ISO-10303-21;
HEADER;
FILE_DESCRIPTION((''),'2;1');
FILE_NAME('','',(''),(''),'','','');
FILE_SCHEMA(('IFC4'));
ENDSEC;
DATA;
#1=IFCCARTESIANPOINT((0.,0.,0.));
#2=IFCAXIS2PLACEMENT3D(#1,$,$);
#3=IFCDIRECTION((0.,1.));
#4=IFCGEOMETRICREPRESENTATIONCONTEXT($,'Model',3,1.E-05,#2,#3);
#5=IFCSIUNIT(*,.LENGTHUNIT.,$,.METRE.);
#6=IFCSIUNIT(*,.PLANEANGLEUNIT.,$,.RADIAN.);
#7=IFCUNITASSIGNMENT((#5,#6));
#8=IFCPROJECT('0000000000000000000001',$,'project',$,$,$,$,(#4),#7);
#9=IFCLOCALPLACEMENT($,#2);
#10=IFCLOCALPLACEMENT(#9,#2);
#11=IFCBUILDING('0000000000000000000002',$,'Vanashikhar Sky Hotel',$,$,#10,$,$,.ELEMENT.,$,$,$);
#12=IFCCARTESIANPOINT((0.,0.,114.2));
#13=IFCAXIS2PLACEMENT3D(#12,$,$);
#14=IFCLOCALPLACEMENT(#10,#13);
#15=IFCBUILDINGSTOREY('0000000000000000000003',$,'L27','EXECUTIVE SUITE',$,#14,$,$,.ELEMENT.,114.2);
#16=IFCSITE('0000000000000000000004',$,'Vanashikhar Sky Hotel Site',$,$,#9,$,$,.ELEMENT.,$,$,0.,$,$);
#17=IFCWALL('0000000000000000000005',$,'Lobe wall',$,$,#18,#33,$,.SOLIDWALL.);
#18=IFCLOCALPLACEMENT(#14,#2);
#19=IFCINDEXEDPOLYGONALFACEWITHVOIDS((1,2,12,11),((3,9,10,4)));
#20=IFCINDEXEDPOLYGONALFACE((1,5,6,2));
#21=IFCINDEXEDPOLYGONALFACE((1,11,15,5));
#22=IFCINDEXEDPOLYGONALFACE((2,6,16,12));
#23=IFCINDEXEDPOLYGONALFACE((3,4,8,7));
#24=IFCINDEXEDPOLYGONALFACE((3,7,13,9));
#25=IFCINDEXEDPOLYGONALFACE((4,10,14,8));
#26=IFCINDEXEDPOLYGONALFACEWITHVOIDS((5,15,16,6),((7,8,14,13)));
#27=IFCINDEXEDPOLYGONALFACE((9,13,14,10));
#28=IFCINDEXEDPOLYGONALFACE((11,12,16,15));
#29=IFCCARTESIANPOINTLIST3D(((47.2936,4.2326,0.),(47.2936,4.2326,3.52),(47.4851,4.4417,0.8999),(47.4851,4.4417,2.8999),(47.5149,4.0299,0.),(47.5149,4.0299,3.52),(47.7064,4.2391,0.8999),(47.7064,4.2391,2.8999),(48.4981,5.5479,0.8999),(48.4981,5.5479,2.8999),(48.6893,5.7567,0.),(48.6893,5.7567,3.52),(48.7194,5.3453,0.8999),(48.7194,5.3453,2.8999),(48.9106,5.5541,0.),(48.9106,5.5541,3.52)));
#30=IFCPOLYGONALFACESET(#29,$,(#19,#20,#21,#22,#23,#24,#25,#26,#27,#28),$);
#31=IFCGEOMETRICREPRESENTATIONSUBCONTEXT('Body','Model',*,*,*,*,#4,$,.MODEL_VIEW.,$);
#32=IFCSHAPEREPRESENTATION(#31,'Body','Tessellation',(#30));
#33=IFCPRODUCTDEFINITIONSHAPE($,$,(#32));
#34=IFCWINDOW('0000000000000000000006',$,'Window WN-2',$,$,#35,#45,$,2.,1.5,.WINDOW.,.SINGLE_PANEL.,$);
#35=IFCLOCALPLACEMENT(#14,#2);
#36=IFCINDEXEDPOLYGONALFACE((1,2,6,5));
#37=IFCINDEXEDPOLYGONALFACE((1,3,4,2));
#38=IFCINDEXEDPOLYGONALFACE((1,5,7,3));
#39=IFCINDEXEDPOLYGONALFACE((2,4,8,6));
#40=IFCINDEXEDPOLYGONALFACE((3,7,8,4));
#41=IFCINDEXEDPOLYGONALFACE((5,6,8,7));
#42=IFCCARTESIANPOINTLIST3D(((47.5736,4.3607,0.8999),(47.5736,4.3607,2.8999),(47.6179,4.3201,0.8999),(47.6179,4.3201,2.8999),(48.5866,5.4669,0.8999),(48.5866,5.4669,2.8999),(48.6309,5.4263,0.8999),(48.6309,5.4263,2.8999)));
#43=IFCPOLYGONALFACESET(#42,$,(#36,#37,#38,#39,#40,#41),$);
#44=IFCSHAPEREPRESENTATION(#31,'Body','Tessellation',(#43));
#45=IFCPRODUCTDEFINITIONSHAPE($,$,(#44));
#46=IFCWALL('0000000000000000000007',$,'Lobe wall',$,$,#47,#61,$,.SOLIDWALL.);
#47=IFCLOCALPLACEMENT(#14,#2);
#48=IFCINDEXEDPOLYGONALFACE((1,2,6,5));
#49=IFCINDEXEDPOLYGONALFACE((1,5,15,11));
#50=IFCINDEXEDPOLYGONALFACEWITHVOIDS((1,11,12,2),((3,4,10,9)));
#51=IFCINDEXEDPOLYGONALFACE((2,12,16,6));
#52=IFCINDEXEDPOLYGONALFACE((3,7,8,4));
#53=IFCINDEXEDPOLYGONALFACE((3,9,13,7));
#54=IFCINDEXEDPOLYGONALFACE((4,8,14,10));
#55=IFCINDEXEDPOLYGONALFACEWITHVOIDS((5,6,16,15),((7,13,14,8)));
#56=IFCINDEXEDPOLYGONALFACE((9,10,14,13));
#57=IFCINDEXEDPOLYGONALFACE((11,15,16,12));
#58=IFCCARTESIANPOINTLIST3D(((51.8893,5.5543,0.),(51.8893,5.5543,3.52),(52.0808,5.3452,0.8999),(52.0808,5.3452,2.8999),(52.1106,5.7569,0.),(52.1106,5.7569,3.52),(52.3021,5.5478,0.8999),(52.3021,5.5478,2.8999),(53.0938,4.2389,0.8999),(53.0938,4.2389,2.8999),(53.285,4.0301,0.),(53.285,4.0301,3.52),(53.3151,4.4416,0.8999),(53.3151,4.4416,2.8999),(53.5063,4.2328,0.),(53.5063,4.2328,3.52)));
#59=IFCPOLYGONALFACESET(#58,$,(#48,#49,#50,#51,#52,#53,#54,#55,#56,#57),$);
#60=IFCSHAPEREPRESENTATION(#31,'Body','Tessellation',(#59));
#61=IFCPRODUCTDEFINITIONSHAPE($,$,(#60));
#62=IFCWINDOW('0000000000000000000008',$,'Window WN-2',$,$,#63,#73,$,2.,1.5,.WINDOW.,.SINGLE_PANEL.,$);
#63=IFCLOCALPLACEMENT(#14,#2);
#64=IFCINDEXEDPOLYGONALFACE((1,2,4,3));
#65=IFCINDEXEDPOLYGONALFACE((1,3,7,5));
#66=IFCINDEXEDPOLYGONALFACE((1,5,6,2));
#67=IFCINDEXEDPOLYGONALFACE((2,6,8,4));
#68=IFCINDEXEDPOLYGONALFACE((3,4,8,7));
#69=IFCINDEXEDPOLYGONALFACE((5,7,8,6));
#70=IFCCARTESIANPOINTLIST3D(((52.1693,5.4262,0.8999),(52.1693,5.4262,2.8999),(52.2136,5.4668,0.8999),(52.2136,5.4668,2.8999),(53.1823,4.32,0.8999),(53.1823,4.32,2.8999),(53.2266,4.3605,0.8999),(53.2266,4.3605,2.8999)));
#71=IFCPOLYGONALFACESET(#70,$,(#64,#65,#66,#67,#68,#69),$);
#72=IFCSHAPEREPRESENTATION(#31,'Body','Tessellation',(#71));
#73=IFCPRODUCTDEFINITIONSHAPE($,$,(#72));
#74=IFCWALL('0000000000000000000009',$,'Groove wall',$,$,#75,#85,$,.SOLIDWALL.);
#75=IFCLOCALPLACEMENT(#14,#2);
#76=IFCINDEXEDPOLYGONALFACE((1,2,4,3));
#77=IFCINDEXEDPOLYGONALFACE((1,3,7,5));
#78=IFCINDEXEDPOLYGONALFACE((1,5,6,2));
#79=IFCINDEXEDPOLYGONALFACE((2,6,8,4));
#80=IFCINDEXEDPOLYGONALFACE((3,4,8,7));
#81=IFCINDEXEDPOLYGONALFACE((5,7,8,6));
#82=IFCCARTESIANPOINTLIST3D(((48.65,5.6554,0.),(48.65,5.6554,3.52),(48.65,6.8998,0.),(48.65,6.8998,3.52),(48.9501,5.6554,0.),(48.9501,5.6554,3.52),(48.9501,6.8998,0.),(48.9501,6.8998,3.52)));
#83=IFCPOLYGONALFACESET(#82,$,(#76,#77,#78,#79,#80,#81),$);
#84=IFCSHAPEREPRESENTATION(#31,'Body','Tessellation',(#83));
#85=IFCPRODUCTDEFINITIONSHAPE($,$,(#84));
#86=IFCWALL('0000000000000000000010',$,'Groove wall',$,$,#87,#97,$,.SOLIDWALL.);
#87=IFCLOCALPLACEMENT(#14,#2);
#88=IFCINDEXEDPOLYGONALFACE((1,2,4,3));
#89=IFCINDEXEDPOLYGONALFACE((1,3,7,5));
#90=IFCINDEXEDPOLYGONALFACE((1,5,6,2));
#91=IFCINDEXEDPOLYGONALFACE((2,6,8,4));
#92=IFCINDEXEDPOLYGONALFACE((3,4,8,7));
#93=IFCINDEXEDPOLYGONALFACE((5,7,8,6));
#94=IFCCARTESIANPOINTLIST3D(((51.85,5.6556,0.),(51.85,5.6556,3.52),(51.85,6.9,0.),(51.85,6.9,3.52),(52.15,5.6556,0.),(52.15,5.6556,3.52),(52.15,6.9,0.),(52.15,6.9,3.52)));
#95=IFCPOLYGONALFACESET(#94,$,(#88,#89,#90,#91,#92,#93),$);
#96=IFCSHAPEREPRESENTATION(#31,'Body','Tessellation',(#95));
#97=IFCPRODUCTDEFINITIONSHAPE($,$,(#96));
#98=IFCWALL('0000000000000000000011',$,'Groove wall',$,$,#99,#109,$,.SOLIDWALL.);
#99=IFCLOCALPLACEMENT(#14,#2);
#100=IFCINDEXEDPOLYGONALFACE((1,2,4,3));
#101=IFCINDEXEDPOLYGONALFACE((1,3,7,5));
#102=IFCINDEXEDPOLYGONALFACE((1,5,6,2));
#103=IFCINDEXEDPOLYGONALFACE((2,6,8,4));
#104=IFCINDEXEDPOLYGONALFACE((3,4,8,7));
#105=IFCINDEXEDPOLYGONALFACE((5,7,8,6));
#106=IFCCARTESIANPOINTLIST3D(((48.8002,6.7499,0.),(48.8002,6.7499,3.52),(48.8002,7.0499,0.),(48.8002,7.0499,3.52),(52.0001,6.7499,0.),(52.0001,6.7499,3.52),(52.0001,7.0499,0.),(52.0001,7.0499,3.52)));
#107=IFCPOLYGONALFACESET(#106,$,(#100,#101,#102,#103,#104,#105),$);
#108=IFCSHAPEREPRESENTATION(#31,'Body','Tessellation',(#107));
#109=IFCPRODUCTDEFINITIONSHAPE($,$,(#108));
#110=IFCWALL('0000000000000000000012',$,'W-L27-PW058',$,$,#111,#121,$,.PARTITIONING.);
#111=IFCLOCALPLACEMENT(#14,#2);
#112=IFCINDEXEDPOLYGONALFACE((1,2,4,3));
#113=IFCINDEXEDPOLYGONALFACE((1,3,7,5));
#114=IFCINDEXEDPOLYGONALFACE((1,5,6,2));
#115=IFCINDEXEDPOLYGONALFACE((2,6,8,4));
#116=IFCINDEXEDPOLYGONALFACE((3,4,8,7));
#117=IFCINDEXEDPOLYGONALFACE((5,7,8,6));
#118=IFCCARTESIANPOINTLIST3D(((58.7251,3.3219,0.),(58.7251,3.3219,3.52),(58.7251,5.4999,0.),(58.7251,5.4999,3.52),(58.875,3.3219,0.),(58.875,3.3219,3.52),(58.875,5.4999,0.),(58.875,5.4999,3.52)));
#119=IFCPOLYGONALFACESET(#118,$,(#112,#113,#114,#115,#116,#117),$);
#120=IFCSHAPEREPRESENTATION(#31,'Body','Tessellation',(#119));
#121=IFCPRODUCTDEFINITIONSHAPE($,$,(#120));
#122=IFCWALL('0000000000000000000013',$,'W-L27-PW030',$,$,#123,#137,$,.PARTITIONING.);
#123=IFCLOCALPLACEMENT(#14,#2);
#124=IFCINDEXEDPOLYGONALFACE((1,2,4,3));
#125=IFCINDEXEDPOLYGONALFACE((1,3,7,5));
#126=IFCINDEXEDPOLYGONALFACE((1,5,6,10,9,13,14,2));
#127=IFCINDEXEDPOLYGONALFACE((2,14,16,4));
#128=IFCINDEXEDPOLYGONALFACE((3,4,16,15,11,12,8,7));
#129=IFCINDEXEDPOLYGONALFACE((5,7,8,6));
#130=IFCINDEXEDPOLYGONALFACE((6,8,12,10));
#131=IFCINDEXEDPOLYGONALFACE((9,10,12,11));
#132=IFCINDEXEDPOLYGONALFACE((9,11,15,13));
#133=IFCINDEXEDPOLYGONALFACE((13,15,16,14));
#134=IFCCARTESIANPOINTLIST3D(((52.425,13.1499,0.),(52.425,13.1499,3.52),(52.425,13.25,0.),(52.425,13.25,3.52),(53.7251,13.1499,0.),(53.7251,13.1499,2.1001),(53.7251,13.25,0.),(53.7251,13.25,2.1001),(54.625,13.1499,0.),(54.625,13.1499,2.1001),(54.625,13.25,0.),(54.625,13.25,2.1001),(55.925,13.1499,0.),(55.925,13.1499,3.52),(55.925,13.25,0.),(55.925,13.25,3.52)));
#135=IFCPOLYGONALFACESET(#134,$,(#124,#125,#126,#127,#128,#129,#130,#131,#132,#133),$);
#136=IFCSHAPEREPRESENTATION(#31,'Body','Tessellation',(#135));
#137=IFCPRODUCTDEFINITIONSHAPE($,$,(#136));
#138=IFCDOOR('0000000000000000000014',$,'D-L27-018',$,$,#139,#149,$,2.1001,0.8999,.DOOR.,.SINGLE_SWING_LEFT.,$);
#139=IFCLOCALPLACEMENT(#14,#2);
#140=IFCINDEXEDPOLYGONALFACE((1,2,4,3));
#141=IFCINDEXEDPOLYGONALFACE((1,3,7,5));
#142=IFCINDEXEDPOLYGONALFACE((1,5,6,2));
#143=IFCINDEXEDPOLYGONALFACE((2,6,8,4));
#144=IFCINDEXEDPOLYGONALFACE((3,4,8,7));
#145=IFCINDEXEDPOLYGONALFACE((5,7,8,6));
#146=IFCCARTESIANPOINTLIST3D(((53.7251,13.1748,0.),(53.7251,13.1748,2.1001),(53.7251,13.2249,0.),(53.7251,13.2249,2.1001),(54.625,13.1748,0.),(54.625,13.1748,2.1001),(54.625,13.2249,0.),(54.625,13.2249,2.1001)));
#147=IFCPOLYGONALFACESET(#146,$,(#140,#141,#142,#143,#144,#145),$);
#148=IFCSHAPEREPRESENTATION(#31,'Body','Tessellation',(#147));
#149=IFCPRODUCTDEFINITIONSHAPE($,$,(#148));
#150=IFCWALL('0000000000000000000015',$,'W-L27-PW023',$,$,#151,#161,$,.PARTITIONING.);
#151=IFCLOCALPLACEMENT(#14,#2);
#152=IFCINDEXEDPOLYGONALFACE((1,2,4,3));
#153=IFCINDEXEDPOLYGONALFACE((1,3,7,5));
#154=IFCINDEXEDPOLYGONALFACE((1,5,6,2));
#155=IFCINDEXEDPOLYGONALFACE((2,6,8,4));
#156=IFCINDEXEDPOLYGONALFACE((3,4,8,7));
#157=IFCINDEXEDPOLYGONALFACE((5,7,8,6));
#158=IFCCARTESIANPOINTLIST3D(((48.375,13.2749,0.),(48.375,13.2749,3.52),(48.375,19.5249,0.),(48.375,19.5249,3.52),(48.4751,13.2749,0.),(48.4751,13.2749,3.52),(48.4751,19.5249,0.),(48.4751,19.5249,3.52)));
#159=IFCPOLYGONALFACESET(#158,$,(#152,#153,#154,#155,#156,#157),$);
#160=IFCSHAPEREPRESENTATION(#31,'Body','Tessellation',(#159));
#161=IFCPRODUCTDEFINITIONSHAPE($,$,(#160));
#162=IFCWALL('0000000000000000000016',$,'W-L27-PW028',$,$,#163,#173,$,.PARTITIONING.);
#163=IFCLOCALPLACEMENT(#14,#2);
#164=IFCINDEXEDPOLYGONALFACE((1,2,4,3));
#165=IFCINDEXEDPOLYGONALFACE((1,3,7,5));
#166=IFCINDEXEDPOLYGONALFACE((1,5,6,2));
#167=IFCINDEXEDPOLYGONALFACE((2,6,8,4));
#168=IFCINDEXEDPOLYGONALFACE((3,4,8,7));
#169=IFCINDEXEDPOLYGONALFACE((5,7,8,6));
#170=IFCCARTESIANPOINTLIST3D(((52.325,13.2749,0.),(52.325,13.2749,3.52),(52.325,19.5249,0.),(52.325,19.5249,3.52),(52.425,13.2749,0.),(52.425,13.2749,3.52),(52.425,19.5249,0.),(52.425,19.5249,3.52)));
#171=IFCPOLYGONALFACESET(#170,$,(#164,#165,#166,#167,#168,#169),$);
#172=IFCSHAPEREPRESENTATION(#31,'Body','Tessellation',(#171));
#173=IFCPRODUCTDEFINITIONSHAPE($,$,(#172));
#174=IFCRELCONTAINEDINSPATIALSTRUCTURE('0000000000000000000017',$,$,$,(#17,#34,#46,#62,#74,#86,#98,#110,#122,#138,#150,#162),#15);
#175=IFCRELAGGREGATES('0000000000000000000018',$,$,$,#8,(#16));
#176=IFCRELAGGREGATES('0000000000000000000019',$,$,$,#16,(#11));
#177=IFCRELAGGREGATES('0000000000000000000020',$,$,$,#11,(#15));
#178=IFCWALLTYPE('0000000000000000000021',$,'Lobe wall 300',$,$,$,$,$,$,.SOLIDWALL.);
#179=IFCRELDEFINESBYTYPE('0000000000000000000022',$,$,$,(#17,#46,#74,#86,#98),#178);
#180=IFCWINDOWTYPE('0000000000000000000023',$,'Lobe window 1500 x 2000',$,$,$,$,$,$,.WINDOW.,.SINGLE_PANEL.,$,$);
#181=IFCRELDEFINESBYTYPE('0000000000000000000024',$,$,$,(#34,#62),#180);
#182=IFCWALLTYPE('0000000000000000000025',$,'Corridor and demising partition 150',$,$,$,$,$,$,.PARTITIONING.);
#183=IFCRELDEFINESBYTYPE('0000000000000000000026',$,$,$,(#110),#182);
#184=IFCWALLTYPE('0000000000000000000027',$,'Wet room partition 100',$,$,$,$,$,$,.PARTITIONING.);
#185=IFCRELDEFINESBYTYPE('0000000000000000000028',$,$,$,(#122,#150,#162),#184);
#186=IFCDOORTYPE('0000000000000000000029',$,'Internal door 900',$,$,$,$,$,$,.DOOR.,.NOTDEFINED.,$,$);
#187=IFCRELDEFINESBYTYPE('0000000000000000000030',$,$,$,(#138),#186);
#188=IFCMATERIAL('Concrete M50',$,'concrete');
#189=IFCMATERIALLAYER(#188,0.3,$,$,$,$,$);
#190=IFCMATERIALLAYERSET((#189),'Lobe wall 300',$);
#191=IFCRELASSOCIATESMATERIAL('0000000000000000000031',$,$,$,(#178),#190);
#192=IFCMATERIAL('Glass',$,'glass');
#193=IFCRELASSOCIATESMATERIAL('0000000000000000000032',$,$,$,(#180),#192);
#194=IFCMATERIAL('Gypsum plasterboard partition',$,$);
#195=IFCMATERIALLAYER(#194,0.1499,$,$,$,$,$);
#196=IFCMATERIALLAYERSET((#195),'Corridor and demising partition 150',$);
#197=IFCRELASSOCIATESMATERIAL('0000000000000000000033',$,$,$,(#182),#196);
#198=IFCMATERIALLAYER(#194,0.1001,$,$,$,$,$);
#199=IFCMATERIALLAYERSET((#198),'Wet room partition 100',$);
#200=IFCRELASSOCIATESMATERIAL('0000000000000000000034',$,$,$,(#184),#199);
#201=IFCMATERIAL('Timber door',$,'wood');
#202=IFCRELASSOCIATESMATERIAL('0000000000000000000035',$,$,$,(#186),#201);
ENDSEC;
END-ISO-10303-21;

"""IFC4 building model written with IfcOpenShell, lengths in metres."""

from ifc_helpers import new_model, si_unit, direction, frame, frame_2d, origin, place, context, subcontext, project, spatial, rectangle, extrude, source, transform, mapped, material, layer, layer_set, type_object, element, fill, save


model = new_model("IFC4")

# Units and contexts
model_context = context("Model", 3, precision=1e-05, world=origin(), true_north=direction((0.0, 1.0)))
body_context = subcontext(model_context, "Body", "Model", "MODEL_VIEW")
ifc_project = project(units=[si_unit("LENGTHUNIT", "METRE"), si_unit("PLANEANGLEUNIT", "RADIAN")], contexts=[model_context])

# Site, building, storey
site_placement = place(None, origin())
site = spatial("IfcSite", under=ifc_project, at=site_placement, Name="Vanashikhar Sky Hotel Site", CompositionType="ELEMENT", RefElevation=0.0)
building_placement = place(site_placement, origin())
building = spatial("IfcBuilding", under=site, at=building_placement, Name="Vanashikhar Sky Hotel", CompositionType="ELEMENT")
storey_placement = place(building_placement, frame((0.0, 0.0, 114.2)))
storey = spatial("IfcBuildingStorey", under=building, at=storey_placement, Name="L27", Description="EXECUTIVE SUITE", CompositionType="ELEMENT", Elevation=114.2)

# Shared definitions
ifc_material_1 = material(Name="Concrete M50", Category="concrete")

# Walls, openings, windows
ifc_layer_1 = layer(ifc_material_1, 0.3)
ifc_layer_set_1 = layer_set([ifc_layer_1], Name="Lobe wall 300")
wall_type_1 = type_object("IfcWallType", Name="Lobe wall 300", PredefinedType="SOLIDWALL", material=ifc_layer_set_1)
shared_shape_1 = source(origin(), body_context, "Body", "SweptSolid", [
    extrude(rectangle(XDim=1.5, YDim=2.0, at=frame_2d((0.75, 1.0))), frame((0.0, 0.1602, 0.0), z_axis=(0.0, -1.0, 0.0), x_axis=(1.0, 0.0, 0.0)), (0.0, 0.0, 1.0), 0.3201),
])
ifc_material_2 = material(Name="Glass", Category="glass")
window_type = type_object("IfcWindowType", Name="Lobe window 1500 x 2000", PartitioningType="SINGLE_PANEL", PredefinedType="WINDOW", material=ifc_material_2)
shared_shape_2 = source(origin(), body_context, "Body", "SweptSolid", [
    extrude(rectangle(XDim=1.5, YDim=2.0, at=frame_2d((0.75, 1.0))), frame((0.0, 0.03, 0.0), z_axis=(0.0, -1.0, 0.0), x_axis=(1.0, 0.0, 0.0)), (0.0, 0.0, 1.0), 0.0601),
])
shared_shape_3 = source(origin(), body_context, "Body", "SweptSolid", [
    extrude(rectangle(XDim=2.0667, YDim=0.3, at=frame_2d((1.0332, 0.0))), origin(), (0.0, 0.0, 1.0), 3.52),
])
wall_1_placement = place(storey_placement, frame((47.4043, 4.1313, 0.0), z_axis=(0.0, 0.0, 1.0), x_axis=(0.675355, 0.737492, 0.0)))
wall_1 = element("IfcWall", 1, at=wall_1_placement, inside=storey, type_object=wall_type_1, Name="Lobe wall", PredefinedType="SOLIDWALL", context=body_context, shape_type="MappedRepresentation", body=[
    mapped(shared_shape_3, transform((0.0, 0.0, 0.0), scale=1.0)),
])
opening_1_placement = place(wall_1_placement, frame((0.2834, 0.0, 0.8999)))
opening_1 = element("IfcOpeningElement", 2, at=opening_1_placement, cuts=wall_1, PredefinedType="OPENING", context=body_context, shape_type="MappedRepresentation", body=[
    mapped(shared_shape_1, transform((0.0, 0.0, 0.0), scale=1.0)),
])
window_1_placement = place(opening_1_placement, origin())
window_1 = element("IfcWindow", 3, at=window_1_placement, inside=storey, type_object=window_type, Name="Window WN-2", OverallHeight=2.0, OverallWidth=1.5, PartitioningType="SINGLE_PANEL", PredefinedType="WINDOW", context=body_context, shape_type="MappedRepresentation", body=[
    mapped(shared_shape_2, transform((0.0, 0.0, 0.0), scale=1.0)),
])
fill(opening_1, window_1)
wall_2_placement = place(storey_placement, frame((52.0, 5.6555, 0.0), z_axis=(0.0, 0.0, 1.0), x_axis=(0.675355, -0.737492, 0.0)))
wall_2 = element("IfcWall", 4, at=wall_2_placement, inside=storey, type_object=wall_type_1, Name="Lobe wall", PredefinedType="SOLIDWALL", context=body_context, shape_type="MappedRepresentation", body=[
    mapped(shared_shape_3, transform((0.0, 0.0, 0.0), scale=1.0)),
])
opening_2_placement = place(wall_2_placement, frame((0.2834, 0.0, 0.8999)))
opening_2 = element("IfcOpeningElement", 5, at=opening_2_placement, cuts=wall_2, PredefinedType="OPENING", context=body_context, shape_type="MappedRepresentation", body=[
    mapped(shared_shape_1, transform((0.0, 0.0, 0.0), scale=1.0)),
])
window_2_placement = place(opening_2_placement, origin())
window_2 = element("IfcWindow", 6, at=window_2_placement, inside=storey, type_object=window_type, Name="Window WN-2", OverallHeight=2.0, OverallWidth=1.5, PartitioningType="SINGLE_PANEL", PredefinedType="WINDOW", context=body_context, shape_type="MappedRepresentation", body=[
    mapped(shared_shape_2, transform((0.0, 0.0, 0.0), scale=1.0)),
])
fill(opening_2, window_2)

# Walls
shared_shape_4 = source(origin(), body_context, "Body", "SweptSolid", [
    extrude(rectangle(XDim=1.2444, YDim=0.3, at=frame_2d((0.6221, 0.0))), origin(), (0.0, 0.0, 1.0), 3.52),
])
for number, where, z_axis, x_axis, name in (
    (7, (48.8, 5.6555, 0.0), (0.0, 0.0, 1.0), (0.0, 1.0, 0.0), "Groove wall"),
    (8, (52.0, 6.8999, 0.0), (0.0, 0.0, 1.0), (0.0, -1.0, 0.0), "Groove wall"),
):
    element("IfcWall", number, at=place(storey_placement, frame(where, z_axis=z_axis, x_axis=x_axis)), inside=storey, type_object=wall_type_1, Name=name, PredefinedType="SOLIDWALL", context=body_context, shape_type="MappedRepresentation", body=[
        mapped(shared_shape_4, transform((0.0, 0.0, 0.0), scale=1.0)),
    ])
shared_shape_5 = source(origin(), body_context, "Body", "SweptSolid", [
    extrude(rectangle(XDim=3.2, YDim=0.3, at=frame_2d((1.6001, 0.0))), origin(), (0.0, 0.0, 1.0), 3.52),
])
wall_3_placement = place(storey_placement, frame((48.8, 6.8999, 0.0), z_axis=(0.0, 0.0, 1.0), x_axis=(1.0, 0.0, 0.0)))
element("IfcWall", 9, at=wall_3_placement, inside=storey, type_object=wall_type_1, Name="Groove wall", PredefinedType="SOLIDWALL", context=body_context, shape_type="MappedRepresentation", body=[
    mapped(shared_shape_5, transform((0.0, 0.0, 0.0), scale=1.0)),
])
ifc_material_3 = material(Name="Gypsum plasterboard partition")
ifc_layer_2 = layer(ifc_material_3, 0.1499)
ifc_layer_set_2 = layer_set([ifc_layer_2], Name="Corridor and demising partition 150")
wall_type_2 = type_object("IfcWallType", Name="Corridor and demising partition 150", PredefinedType="PARTITIONING", material=ifc_layer_set_2)
shared_shape_6 = source(origin(), body_context, "Body", "SweptSolid", [
    extrude(rectangle(XDim=2.178, YDim=0.1499, at=frame_2d((1.0889, 0.0))), origin(), (0.0, 0.0, 1.0), 3.52),
])
wall_4_placement = place(storey_placement, frame((58.8, 3.322, 0.0), z_axis=(0.0, 0.0, 1.0), x_axis=(0.0, 1.0, 0.0)))
element("IfcWall", 10, at=wall_4_placement, inside=storey, type_object=wall_type_2, Name="W-L27-PW058", PredefinedType="PARTITIONING", context=body_context, shape_type="MappedRepresentation", body=[
    mapped(shared_shape_6, transform((0.0, 0.0, 0.0), scale=1.0)),
])

# Wall, opening, door
ifc_layer_3 = layer(ifc_material_3, 0.1001)
ifc_layer_set_3 = layer_set([ifc_layer_3], Name="Wet room partition 100")
wall_type_3 = type_object("IfcWallType", Name="Wet room partition 100", PredefinedType="PARTITIONING", material=ifc_layer_set_3)
shared_shape_7 = source(origin(), body_context, "Body", "SweptSolid", [
    extrude(rectangle(XDim=3.5, YDim=0.1001, at=frame_2d((1.75, 0.0))), origin(), (0.0, 0.0, 1.0), 3.52),
])
wall_5_placement = place(storey_placement, frame((52.425, 13.2, 0.0), z_axis=(0.0, 0.0, 1.0), x_axis=(1.0, 0.0, 0.0)))
wall_5 = element("IfcWall", 11, at=wall_5_placement, inside=storey, type_object=wall_type_3, Name="W-L27-PW030", PredefinedType="PARTITIONING", context=body_context, shape_type="MappedRepresentation", body=[
    mapped(shared_shape_7, transform((0.0, 0.0, 0.0), scale=1.0)),
])
shared_shape_8 = source(origin(), body_context, "Body", "SweptSolid", [
    extrude(rectangle(XDim=0.8999, YDim=2.1001, at=frame_2d((0.45, 1.05))), frame((0.0, 0.0601, 0.0), z_axis=(0.0, -1.0, 0.0), x_axis=(1.0, 0.0, 0.0)), (0.0, 0.0, 1.0), 0.1201),
])
opening_3_placement = place(wall_5_placement, frame((1.3, 0.0, 0.0)))
opening_3 = element("IfcOpeningElement", 12, at=opening_3_placement, cuts=wall_5, PredefinedType="OPENING", context=body_context, shape_type="MappedRepresentation", body=[
    mapped(shared_shape_8, transform((0.0, 0.0, 0.0), scale=1.0)),
])
ifc_material_4 = material(Name="Timber door", Category="wood")
door_type = type_object("IfcDoorType", Name="Internal door 900", OperationType="NOTDEFINED", PredefinedType="DOOR", material=ifc_material_4)
shared_shape_9 = source(origin(), body_context, "Body", "SweptSolid", [
    extrude(rectangle(XDim=0.8999, YDim=2.1001, at=frame_2d((0.45, 1.05))), frame((0.0, 0.0249, 0.0), z_axis=(0.0, -1.0, 0.0), x_axis=(1.0, 0.0, 0.0)), (0.0, 0.0, 1.0), 0.05),
])
door_1_placement = place(opening_3_placement, origin())
door_1 = element("IfcDoor", 13, at=door_1_placement, inside=storey, type_object=door_type, Name="D-L27-018", OperationType="SINGLE_SWING_LEFT", OverallHeight=2.1001, OverallWidth=0.8999, PredefinedType="DOOR", context=body_context, shape_type="MappedRepresentation", body=[
    mapped(shared_shape_9, transform((0.0, 0.0, 0.0), scale=1.0)),
])
fill(opening_3, door_1)

# Walls
shared_shape_10 = source(origin(), body_context, "Body", "SweptSolid", [
    extrude(rectangle(XDim=6.25, YDim=0.1001, at=frame_2d((3.125, 0.0))), origin(), (0.0, 0.0, 1.0), 3.52),
])
for number, where, z_axis, x_axis, name in (
    (14, (48.425, 13.2749, 0.0), (0.0, 0.0, 1.0), (0.0, 1.0, 0.0), "W-L27-PW023"),
    (15, (52.375, 13.2749, 0.0), (0.0, 0.0, 1.0), (0.0, 1.0, 0.0), "W-L27-PW028"),
):
    element("IfcWall", number, at=place(storey_placement, frame(where, z_axis=z_axis, x_axis=x_axis)), inside=storey, type_object=wall_type_3, Name=name, PredefinedType="PARTITIONING", context=body_context, shape_type="MappedRepresentation", body=[
        mapped(shared_shape_10, transform((0.0, 0.0, 0.0), scale=1.0)),
    ])

save(model, "model.ifc")
